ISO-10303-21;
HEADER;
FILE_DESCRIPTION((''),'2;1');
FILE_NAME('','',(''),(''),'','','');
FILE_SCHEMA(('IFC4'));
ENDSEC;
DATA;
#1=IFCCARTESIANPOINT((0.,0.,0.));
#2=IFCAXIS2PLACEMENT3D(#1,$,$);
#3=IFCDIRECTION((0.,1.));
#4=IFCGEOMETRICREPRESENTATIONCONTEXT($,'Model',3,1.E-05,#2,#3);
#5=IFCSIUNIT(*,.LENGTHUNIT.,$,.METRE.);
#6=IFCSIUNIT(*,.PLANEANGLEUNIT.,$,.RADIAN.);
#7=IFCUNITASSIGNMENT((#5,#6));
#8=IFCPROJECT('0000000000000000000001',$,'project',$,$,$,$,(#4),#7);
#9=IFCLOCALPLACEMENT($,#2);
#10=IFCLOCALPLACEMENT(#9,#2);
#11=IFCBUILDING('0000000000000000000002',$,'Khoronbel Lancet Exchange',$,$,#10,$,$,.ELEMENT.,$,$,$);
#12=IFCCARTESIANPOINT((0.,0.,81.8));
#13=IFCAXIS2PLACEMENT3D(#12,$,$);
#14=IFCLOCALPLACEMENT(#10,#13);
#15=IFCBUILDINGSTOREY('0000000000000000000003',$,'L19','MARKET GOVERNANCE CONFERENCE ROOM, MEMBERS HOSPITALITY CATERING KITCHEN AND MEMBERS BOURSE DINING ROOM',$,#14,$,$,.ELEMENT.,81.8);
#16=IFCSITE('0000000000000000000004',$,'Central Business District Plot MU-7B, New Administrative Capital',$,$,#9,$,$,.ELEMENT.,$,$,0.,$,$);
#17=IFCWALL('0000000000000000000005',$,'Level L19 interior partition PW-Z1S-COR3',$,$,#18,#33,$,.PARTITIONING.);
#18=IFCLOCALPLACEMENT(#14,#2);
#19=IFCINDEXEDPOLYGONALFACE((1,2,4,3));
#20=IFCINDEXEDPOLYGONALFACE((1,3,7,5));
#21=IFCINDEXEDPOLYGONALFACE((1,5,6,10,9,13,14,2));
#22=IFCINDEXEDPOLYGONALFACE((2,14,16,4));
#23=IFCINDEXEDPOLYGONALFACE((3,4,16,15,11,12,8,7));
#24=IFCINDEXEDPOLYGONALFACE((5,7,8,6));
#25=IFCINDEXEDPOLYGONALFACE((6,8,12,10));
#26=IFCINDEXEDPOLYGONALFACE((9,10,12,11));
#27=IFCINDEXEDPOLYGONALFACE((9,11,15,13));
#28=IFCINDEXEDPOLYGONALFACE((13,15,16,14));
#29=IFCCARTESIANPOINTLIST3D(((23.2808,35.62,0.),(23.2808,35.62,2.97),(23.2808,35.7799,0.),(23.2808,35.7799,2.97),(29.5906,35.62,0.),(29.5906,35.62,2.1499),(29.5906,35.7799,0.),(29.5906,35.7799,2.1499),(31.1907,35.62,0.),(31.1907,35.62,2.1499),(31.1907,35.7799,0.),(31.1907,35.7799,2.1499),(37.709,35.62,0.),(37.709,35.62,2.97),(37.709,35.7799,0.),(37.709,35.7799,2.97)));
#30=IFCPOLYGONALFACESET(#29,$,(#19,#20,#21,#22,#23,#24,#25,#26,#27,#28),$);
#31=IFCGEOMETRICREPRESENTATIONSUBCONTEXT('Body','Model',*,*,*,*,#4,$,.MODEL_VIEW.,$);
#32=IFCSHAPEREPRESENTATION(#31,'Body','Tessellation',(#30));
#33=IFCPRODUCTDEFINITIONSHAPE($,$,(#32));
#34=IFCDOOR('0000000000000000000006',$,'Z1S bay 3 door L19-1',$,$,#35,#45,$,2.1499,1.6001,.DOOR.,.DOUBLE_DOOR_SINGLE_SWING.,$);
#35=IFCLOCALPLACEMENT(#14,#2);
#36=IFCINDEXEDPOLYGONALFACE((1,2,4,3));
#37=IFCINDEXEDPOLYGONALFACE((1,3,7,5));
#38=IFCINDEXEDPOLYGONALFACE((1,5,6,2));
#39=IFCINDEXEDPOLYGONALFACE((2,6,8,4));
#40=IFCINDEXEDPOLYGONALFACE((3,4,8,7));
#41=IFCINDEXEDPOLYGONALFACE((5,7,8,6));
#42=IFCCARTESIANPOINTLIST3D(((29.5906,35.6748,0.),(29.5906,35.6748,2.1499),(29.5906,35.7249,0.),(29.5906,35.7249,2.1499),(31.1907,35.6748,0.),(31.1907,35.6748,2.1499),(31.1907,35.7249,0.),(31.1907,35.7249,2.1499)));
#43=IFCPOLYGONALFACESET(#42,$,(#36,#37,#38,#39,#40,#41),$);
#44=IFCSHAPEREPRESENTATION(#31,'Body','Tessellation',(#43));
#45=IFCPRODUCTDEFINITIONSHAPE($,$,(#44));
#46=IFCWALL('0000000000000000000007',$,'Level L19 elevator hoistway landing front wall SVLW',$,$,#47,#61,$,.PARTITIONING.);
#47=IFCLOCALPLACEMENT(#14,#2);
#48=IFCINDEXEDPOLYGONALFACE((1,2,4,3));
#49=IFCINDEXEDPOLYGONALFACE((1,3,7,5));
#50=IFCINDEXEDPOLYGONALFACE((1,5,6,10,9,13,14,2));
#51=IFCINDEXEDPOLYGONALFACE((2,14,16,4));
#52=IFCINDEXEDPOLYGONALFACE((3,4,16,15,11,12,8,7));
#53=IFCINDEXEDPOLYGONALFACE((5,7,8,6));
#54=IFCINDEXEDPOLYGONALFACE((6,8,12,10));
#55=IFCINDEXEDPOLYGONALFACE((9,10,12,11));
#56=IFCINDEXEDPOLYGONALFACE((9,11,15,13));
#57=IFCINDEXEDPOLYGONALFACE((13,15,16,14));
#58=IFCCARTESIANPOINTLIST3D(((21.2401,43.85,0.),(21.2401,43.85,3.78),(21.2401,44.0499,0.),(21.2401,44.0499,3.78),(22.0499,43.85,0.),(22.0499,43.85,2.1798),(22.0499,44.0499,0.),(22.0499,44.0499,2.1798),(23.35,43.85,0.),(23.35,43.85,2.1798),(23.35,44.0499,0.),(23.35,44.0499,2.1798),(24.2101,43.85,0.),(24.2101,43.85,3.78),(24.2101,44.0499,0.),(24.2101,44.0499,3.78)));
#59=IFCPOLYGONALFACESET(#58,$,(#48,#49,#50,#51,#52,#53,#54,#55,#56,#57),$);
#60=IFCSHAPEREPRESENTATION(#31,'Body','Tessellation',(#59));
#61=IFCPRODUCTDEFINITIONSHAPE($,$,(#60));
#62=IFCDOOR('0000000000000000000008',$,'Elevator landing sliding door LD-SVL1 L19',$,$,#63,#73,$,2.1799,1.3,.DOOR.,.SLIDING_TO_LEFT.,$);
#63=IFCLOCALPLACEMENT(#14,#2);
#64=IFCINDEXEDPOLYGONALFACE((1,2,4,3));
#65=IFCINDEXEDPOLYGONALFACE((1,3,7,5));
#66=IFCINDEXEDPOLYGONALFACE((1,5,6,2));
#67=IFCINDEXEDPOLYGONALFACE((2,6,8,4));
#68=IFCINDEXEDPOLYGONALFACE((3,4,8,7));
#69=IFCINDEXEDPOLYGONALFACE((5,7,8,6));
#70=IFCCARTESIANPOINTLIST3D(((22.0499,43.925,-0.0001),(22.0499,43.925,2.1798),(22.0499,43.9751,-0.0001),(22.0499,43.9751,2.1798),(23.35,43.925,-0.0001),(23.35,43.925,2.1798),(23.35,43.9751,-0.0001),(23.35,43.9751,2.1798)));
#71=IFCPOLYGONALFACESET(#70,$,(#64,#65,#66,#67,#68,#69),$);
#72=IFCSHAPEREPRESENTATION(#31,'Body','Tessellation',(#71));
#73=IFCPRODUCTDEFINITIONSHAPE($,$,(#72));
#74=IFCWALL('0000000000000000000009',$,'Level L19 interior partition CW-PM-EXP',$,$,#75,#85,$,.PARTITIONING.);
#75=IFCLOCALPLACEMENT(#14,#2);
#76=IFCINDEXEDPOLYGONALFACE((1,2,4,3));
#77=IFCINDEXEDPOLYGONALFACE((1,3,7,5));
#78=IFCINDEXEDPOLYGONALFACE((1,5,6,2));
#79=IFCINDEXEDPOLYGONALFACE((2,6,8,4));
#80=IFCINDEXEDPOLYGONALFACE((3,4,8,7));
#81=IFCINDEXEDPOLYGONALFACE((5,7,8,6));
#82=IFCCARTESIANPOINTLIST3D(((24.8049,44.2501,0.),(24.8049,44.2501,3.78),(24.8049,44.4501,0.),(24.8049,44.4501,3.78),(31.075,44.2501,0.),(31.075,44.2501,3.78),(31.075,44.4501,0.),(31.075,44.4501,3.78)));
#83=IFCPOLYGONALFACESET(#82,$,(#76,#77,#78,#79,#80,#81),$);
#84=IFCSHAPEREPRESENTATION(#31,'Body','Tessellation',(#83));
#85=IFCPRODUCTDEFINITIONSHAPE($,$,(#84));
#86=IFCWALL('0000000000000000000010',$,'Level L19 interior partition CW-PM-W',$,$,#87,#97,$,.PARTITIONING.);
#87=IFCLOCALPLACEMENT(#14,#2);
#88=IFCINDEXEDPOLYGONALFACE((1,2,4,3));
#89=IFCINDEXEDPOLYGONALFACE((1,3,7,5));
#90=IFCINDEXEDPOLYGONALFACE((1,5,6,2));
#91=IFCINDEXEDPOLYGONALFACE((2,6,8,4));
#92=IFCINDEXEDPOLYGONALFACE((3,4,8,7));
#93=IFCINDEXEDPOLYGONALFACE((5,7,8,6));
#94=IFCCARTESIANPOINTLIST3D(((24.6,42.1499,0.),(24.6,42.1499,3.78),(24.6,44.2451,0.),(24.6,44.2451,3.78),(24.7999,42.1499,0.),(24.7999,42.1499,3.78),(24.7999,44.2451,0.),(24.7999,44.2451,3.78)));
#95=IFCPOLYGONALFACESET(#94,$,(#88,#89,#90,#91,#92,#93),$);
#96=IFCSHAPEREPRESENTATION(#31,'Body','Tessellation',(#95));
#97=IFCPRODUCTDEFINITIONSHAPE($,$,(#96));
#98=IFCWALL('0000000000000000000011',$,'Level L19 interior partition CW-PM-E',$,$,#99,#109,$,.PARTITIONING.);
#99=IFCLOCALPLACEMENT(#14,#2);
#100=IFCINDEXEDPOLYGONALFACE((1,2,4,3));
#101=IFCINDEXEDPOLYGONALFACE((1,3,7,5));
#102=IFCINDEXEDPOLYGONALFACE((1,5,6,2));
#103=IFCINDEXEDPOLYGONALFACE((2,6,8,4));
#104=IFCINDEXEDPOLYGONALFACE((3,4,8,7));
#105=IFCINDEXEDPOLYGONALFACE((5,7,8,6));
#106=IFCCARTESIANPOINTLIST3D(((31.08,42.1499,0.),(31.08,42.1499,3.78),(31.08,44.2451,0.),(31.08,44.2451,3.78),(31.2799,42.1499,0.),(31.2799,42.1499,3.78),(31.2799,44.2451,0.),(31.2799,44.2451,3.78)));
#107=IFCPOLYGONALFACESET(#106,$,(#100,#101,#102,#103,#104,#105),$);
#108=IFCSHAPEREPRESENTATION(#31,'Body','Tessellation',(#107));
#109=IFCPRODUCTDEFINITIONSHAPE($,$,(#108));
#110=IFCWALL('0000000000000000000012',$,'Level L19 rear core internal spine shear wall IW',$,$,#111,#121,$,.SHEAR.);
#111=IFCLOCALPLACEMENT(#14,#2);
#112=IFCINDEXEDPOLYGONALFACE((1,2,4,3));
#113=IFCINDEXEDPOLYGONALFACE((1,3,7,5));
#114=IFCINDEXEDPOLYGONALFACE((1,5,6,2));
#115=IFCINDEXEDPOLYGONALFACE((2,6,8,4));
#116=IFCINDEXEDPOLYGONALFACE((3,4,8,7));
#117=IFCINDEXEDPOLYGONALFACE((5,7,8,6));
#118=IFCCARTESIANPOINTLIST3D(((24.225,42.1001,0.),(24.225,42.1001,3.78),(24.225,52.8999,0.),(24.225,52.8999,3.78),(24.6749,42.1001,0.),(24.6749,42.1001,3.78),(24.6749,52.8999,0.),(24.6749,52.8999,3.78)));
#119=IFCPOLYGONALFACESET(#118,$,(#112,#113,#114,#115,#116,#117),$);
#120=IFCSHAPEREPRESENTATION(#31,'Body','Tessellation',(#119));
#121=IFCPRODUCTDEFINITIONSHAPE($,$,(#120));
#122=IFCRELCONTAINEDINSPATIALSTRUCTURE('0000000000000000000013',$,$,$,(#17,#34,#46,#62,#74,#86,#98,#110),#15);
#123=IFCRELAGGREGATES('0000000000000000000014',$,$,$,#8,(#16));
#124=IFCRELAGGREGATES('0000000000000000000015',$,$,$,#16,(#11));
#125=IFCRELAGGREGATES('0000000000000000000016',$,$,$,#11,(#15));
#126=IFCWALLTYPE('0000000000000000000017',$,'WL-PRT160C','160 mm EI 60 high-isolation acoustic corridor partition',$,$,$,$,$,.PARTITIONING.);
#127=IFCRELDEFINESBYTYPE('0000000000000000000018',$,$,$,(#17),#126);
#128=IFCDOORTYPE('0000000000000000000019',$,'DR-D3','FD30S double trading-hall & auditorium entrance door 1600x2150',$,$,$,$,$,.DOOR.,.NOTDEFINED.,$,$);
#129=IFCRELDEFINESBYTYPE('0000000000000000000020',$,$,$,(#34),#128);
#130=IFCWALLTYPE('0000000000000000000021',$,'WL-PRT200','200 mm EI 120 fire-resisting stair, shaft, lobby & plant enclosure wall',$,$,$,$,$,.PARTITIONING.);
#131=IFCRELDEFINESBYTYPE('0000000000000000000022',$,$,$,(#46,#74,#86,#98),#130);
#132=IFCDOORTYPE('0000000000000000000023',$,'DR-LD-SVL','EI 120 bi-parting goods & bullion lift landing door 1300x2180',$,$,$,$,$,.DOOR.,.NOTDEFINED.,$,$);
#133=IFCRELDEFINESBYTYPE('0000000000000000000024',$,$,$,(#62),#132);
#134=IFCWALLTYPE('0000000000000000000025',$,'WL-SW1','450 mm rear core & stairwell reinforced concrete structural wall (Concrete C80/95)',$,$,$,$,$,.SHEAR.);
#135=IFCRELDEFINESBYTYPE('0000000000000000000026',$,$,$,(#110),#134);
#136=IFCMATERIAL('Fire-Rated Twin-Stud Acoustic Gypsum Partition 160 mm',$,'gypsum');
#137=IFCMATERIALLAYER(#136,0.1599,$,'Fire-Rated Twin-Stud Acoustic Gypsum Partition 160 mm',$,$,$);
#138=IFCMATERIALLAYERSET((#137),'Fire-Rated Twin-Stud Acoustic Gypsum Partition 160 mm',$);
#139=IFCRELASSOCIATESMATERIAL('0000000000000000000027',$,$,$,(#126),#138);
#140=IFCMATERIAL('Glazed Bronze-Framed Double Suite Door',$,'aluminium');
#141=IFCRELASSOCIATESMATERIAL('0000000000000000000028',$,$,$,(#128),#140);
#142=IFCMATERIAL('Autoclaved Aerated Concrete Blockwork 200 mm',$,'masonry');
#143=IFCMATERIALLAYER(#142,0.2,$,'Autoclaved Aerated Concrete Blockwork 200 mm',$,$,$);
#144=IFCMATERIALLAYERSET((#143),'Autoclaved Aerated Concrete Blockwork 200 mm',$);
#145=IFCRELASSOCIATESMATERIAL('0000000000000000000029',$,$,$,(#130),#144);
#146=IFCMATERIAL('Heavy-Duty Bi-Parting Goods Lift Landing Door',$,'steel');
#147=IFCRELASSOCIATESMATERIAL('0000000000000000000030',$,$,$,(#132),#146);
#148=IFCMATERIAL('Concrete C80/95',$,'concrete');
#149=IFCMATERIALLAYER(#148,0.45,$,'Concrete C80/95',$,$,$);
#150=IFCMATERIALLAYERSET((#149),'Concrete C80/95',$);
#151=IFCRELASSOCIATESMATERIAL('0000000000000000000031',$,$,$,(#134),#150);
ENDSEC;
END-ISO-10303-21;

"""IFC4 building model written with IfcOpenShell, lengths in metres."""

from ifc_helpers import new_model, si_unit, direction, frame, frame_2d, origin, place, context, subcontext, project, spatial, rectangle, extrude, material, layer, layer_set, type_object, element, fill, save


model = new_model("IFC4")

# Units and contexts
model_context = context("Model", 3, precision=1e-05, world=origin(), true_north=direction((0.0, 1.0)))
body_context = subcontext(model_context, "Body", "Model", "MODEL_VIEW")
ifc_project = project(units=[si_unit("LENGTHUNIT", "METRE"), si_unit("PLANEANGLEUNIT", "RADIAN")], contexts=[model_context])

# Site, building, storey
site_placement = place(None, origin())
site = spatial("IfcSite", under=ifc_project, at=site_placement, Name="Central Business District Plot MU-7B, New Administrative Capital", CompositionType="ELEMENT", RefElevation=0.0)
building_placement = place(site_placement, origin())
building = spatial("IfcBuilding", under=site, at=building_placement, Name="Khoronbel Lancet Exchange", CompositionType="ELEMENT")
storey_placement = place(building_placement, frame((0.0, 0.0, 81.8)))
storey = spatial("IfcBuildingStorey", under=building, at=storey_placement, Name="L19", Description="MARKET GOVERNANCE CONFERENCE ROOM, MEMBERS HOSPITALITY CATERING KITCHEN AND MEMBERS BOURSE DINING ROOM", CompositionType="ELEMENT", Elevation=81.8)

# Shared definitions
ifc_material_1 = material(Name="Concrete C80/95", Category="concrete")

# Walls, openings, doors
ifc_material_2 = material(Name="Fire-Rated Twin-Stud Acoustic Gypsum Partition 160 mm", Category="gypsum")
ifc_layer_1 = layer(ifc_material_2, 0.1599, Name="Fire-Rated Twin-Stud Acoustic Gypsum Partition 160 mm")
ifc_layer_set_1 = layer_set([ifc_layer_1], Name="Fire-Rated Twin-Stud Acoustic Gypsum Partition 160 mm")
wall_type_1 = type_object("IfcWallType", Name="WL-PRT160C", Description="160 mm EI 60 high-isolation acoustic corridor partition", PredefinedType="PARTITIONING", material=ifc_layer_set_1)
wall_1_placement = place(storey_placement, frame((23.2808, 35.7, 0.0), z_axis=(0.0, 0.0, 1.0), x_axis=(1.0, 0.0, 0.0)))
wall_1 = element("IfcWall", 1, at=wall_1_placement, inside=storey, type_object=wall_type_1, Name="Level L19 interior partition PW-Z1S-COR3", PredefinedType="PARTITIONING", context=body_context, shape_type="SweptSolid", body=[
    extrude(rectangle(XDim=14.4282, YDim=0.1599, at=frame_2d((7.2141, 0.0))), origin(), (0.0, 0.0, 1.0), 2.97),
])
opening_1_placement = place(wall_1_placement, frame((6.3098, 0.0, 0.0)))
opening_1 = element("IfcOpeningElement", 2, at=opening_1_placement, cuts=wall_1, PredefinedType="OPENING", context=body_context, shape_type="SweptSolid", body=[
    extrude(rectangle(XDim=1.6001, YDim=2.1499, at=frame_2d((0.8, 1.075))), frame((0.0, 0.0898, 0.0), z_axis=(0.0, -1.0, 0.0), x_axis=(1.0, 0.0, 0.0)), (0.0, 0.0, 1.0), 0.1799),
])
ifc_material_3 = material(Name="Glazed Bronze-Framed Double Suite Door", Category="aluminium")
door_type_1 = type_object("IfcDoorType", Name="DR-D3", Description="FD30S double trading-hall & auditorium entrance door 1600x2150", OperationType="NOTDEFINED", PredefinedType="DOOR", material=ifc_material_3)
door_1_placement = place(opening_1_placement, origin())
door_1 = element("IfcDoor", 3, at=door_1_placement, inside=storey, type_object=door_type_1, Name="Z1S bay 3 door L19-1", OperationType="DOUBLE_DOOR_SINGLE_SWING", OverallHeight=2.1499, OverallWidth=1.6001, PredefinedType="DOOR", context=body_context, shape_type="SweptSolid", body=[
    extrude(rectangle(XDim=1.6001, YDim=2.1499, at=frame_2d((0.8, 1.075))), frame((0.0, 0.0249, 0.0), z_axis=(0.0, -1.0, 0.0), x_axis=(1.0, 0.0, 0.0)), (0.0, 0.0, 1.0), 0.05),
])
fill(opening_1, door_1)
ifc_material_4 = material(Name="Autoclaved Aerated Concrete Blockwork 200 mm", Category="masonry")
ifc_layer_2 = layer(ifc_material_4, 0.2, Name="Autoclaved Aerated Concrete Blockwork 200 mm")
ifc_layer_set_2 = layer_set([ifc_layer_2], Name="Autoclaved Aerated Concrete Blockwork 200 mm")
wall_type_2 = type_object("IfcWallType", Name="WL-PRT200", Description="200 mm EI 120 fire-resisting stair, shaft, lobby & plant enclosure wall", PredefinedType="PARTITIONING", material=ifc_layer_set_2)
wall_2_placement = place(storey_placement, frame((24.21, 43.95, 0.0), z_axis=(0.0, 0.0, 1.0), x_axis=(-1.0, 0.0, 0.0)))
wall_2 = element("IfcWall", 4, at=wall_2_placement, inside=storey, type_object=wall_type_2, Name="Level L19 elevator hoistway landing front wall SVLW", PredefinedType="PARTITIONING", context=body_context, shape_type="SweptSolid", body=[
    extrude(rectangle(XDim=2.97, YDim=0.2, at=frame_2d((1.4849, 0.0))), origin(), (0.0, 0.0, 1.0), 3.78),
])
opening_2_placement = place(wall_2_placement, frame((0.8601, 0.0, 0.0)))
opening_2 = element("IfcOpeningElement", 5, at=opening_2_placement, cuts=wall_2, PredefinedType="OPENING", context=body_context, shape_type="SweptSolid", body=[
    extrude(rectangle(XDim=1.3, YDim=2.1799, at=frame_2d((0.6499, 1.0898))), frame((0.0, 0.1099, 0.0), z_axis=(0.0, -1.0, 0.0), x_axis=(1.0, 0.0, 0.0)), (0.0, 0.0, 1.0), 0.22),
])
ifc_material_5 = material(Name="Heavy-Duty Bi-Parting Goods Lift Landing Door", Category="steel")
door_type_2 = type_object("IfcDoorType", Name="DR-LD-SVL", Description="EI 120 bi-parting goods & bullion lift landing door 1300x2180", OperationType="NOTDEFINED", PredefinedType="DOOR", material=ifc_material_5)
door_2_placement = place(opening_2_placement, origin())
door_2 = element("IfcDoor", 6, at=door_2_placement, inside=storey, type_object=door_type_2, Name="Elevator landing sliding door LD-SVL1 L19", OperationType="SLIDING_TO_LEFT", OverallHeight=2.1799, OverallWidth=1.3, PredefinedType="DOOR", context=body_context, shape_type="SweptSolid", body=[
    extrude(rectangle(XDim=1.3, YDim=2.1799, at=frame_2d((0.6499, 1.0898))), frame((0.0, 0.0249, 0.0), z_axis=(0.0, -1.0, 0.0), x_axis=(1.0, 0.0, 0.0)), (0.0, 0.0, 1.0), 0.05),
])
fill(opening_2, door_2)

# Walls
wall_3_placement = place(storey_placement, frame((24.8049, 44.3501, 0.0), z_axis=(0.0, 0.0, 1.0), x_axis=(1.0, 0.0, 0.0)))
element("IfcWall", 7, at=wall_3_placement, inside=storey, type_object=wall_type_2, Name="Level L19 interior partition CW-PM-EXP", PredefinedType="PARTITIONING", context=body_context, shape_type="SweptSolid", body=[
    extrude(rectangle(XDim=6.27, YDim=0.2, at=frame_2d((3.135, 0.0))), origin(), (0.0, 0.0, 1.0), 3.78),
])
for number, where, z_axis, x_axis, name in (
    (8, (24.7, 42.1499, 0.0), (0.0, 0.0, 1.0), (0.0, 1.0, 0.0), "Level L19 interior partition CW-PM-W"),
    (9, (31.1799, 42.1499, 0.0), (0.0, 0.0, 1.0), (0.0, 1.0, 0.0), "Level L19 interior partition CW-PM-E"),
):
    element("IfcWall", number, at=place(storey_placement, frame(where, z_axis=z_axis, x_axis=x_axis)), inside=storey, type_object=wall_type_2, Name=name, PredefinedType="PARTITIONING", context=body_context, shape_type="SweptSolid", body=[
        extrude(rectangle(XDim=2.0952, YDim=0.2, at=frame_2d((1.0476, 0.0))), origin(), (0.0, 0.0, 1.0), 3.78),
    ])
ifc_layer_3 = layer(ifc_material_1, 0.45, Name="Concrete C80/95")
ifc_layer_set_3 = layer_set([ifc_layer_3], Name="Concrete C80/95")
wall_type_3 = type_object("IfcWallType", Name="WL-SW1", Description="450 mm rear core & stairwell reinforced concrete structural wall (Concrete C80/95)", PredefinedType="SHEAR", material=ifc_layer_set_3)
wall_4_placement = place(storey_placement, frame((24.45, 42.1001, 0.0), z_axis=(0.0, 0.0, 1.0), x_axis=(0.0, 1.0, 0.0)))
element("IfcWall", 10, at=wall_4_placement, inside=storey, type_object=wall_type_3, Name="Level L19 rear core internal spine shear wall IW", PredefinedType="SHEAR", context=body_context, shape_type="SweptSolid", body=[
    extrude(rectangle(XDim=10.7998, YDim=0.45, at=frame_2d((5.3999, 0.0))), origin(), (0.0, 0.0, 1.0), 3.78),
])

save(model, "model.ifc")
